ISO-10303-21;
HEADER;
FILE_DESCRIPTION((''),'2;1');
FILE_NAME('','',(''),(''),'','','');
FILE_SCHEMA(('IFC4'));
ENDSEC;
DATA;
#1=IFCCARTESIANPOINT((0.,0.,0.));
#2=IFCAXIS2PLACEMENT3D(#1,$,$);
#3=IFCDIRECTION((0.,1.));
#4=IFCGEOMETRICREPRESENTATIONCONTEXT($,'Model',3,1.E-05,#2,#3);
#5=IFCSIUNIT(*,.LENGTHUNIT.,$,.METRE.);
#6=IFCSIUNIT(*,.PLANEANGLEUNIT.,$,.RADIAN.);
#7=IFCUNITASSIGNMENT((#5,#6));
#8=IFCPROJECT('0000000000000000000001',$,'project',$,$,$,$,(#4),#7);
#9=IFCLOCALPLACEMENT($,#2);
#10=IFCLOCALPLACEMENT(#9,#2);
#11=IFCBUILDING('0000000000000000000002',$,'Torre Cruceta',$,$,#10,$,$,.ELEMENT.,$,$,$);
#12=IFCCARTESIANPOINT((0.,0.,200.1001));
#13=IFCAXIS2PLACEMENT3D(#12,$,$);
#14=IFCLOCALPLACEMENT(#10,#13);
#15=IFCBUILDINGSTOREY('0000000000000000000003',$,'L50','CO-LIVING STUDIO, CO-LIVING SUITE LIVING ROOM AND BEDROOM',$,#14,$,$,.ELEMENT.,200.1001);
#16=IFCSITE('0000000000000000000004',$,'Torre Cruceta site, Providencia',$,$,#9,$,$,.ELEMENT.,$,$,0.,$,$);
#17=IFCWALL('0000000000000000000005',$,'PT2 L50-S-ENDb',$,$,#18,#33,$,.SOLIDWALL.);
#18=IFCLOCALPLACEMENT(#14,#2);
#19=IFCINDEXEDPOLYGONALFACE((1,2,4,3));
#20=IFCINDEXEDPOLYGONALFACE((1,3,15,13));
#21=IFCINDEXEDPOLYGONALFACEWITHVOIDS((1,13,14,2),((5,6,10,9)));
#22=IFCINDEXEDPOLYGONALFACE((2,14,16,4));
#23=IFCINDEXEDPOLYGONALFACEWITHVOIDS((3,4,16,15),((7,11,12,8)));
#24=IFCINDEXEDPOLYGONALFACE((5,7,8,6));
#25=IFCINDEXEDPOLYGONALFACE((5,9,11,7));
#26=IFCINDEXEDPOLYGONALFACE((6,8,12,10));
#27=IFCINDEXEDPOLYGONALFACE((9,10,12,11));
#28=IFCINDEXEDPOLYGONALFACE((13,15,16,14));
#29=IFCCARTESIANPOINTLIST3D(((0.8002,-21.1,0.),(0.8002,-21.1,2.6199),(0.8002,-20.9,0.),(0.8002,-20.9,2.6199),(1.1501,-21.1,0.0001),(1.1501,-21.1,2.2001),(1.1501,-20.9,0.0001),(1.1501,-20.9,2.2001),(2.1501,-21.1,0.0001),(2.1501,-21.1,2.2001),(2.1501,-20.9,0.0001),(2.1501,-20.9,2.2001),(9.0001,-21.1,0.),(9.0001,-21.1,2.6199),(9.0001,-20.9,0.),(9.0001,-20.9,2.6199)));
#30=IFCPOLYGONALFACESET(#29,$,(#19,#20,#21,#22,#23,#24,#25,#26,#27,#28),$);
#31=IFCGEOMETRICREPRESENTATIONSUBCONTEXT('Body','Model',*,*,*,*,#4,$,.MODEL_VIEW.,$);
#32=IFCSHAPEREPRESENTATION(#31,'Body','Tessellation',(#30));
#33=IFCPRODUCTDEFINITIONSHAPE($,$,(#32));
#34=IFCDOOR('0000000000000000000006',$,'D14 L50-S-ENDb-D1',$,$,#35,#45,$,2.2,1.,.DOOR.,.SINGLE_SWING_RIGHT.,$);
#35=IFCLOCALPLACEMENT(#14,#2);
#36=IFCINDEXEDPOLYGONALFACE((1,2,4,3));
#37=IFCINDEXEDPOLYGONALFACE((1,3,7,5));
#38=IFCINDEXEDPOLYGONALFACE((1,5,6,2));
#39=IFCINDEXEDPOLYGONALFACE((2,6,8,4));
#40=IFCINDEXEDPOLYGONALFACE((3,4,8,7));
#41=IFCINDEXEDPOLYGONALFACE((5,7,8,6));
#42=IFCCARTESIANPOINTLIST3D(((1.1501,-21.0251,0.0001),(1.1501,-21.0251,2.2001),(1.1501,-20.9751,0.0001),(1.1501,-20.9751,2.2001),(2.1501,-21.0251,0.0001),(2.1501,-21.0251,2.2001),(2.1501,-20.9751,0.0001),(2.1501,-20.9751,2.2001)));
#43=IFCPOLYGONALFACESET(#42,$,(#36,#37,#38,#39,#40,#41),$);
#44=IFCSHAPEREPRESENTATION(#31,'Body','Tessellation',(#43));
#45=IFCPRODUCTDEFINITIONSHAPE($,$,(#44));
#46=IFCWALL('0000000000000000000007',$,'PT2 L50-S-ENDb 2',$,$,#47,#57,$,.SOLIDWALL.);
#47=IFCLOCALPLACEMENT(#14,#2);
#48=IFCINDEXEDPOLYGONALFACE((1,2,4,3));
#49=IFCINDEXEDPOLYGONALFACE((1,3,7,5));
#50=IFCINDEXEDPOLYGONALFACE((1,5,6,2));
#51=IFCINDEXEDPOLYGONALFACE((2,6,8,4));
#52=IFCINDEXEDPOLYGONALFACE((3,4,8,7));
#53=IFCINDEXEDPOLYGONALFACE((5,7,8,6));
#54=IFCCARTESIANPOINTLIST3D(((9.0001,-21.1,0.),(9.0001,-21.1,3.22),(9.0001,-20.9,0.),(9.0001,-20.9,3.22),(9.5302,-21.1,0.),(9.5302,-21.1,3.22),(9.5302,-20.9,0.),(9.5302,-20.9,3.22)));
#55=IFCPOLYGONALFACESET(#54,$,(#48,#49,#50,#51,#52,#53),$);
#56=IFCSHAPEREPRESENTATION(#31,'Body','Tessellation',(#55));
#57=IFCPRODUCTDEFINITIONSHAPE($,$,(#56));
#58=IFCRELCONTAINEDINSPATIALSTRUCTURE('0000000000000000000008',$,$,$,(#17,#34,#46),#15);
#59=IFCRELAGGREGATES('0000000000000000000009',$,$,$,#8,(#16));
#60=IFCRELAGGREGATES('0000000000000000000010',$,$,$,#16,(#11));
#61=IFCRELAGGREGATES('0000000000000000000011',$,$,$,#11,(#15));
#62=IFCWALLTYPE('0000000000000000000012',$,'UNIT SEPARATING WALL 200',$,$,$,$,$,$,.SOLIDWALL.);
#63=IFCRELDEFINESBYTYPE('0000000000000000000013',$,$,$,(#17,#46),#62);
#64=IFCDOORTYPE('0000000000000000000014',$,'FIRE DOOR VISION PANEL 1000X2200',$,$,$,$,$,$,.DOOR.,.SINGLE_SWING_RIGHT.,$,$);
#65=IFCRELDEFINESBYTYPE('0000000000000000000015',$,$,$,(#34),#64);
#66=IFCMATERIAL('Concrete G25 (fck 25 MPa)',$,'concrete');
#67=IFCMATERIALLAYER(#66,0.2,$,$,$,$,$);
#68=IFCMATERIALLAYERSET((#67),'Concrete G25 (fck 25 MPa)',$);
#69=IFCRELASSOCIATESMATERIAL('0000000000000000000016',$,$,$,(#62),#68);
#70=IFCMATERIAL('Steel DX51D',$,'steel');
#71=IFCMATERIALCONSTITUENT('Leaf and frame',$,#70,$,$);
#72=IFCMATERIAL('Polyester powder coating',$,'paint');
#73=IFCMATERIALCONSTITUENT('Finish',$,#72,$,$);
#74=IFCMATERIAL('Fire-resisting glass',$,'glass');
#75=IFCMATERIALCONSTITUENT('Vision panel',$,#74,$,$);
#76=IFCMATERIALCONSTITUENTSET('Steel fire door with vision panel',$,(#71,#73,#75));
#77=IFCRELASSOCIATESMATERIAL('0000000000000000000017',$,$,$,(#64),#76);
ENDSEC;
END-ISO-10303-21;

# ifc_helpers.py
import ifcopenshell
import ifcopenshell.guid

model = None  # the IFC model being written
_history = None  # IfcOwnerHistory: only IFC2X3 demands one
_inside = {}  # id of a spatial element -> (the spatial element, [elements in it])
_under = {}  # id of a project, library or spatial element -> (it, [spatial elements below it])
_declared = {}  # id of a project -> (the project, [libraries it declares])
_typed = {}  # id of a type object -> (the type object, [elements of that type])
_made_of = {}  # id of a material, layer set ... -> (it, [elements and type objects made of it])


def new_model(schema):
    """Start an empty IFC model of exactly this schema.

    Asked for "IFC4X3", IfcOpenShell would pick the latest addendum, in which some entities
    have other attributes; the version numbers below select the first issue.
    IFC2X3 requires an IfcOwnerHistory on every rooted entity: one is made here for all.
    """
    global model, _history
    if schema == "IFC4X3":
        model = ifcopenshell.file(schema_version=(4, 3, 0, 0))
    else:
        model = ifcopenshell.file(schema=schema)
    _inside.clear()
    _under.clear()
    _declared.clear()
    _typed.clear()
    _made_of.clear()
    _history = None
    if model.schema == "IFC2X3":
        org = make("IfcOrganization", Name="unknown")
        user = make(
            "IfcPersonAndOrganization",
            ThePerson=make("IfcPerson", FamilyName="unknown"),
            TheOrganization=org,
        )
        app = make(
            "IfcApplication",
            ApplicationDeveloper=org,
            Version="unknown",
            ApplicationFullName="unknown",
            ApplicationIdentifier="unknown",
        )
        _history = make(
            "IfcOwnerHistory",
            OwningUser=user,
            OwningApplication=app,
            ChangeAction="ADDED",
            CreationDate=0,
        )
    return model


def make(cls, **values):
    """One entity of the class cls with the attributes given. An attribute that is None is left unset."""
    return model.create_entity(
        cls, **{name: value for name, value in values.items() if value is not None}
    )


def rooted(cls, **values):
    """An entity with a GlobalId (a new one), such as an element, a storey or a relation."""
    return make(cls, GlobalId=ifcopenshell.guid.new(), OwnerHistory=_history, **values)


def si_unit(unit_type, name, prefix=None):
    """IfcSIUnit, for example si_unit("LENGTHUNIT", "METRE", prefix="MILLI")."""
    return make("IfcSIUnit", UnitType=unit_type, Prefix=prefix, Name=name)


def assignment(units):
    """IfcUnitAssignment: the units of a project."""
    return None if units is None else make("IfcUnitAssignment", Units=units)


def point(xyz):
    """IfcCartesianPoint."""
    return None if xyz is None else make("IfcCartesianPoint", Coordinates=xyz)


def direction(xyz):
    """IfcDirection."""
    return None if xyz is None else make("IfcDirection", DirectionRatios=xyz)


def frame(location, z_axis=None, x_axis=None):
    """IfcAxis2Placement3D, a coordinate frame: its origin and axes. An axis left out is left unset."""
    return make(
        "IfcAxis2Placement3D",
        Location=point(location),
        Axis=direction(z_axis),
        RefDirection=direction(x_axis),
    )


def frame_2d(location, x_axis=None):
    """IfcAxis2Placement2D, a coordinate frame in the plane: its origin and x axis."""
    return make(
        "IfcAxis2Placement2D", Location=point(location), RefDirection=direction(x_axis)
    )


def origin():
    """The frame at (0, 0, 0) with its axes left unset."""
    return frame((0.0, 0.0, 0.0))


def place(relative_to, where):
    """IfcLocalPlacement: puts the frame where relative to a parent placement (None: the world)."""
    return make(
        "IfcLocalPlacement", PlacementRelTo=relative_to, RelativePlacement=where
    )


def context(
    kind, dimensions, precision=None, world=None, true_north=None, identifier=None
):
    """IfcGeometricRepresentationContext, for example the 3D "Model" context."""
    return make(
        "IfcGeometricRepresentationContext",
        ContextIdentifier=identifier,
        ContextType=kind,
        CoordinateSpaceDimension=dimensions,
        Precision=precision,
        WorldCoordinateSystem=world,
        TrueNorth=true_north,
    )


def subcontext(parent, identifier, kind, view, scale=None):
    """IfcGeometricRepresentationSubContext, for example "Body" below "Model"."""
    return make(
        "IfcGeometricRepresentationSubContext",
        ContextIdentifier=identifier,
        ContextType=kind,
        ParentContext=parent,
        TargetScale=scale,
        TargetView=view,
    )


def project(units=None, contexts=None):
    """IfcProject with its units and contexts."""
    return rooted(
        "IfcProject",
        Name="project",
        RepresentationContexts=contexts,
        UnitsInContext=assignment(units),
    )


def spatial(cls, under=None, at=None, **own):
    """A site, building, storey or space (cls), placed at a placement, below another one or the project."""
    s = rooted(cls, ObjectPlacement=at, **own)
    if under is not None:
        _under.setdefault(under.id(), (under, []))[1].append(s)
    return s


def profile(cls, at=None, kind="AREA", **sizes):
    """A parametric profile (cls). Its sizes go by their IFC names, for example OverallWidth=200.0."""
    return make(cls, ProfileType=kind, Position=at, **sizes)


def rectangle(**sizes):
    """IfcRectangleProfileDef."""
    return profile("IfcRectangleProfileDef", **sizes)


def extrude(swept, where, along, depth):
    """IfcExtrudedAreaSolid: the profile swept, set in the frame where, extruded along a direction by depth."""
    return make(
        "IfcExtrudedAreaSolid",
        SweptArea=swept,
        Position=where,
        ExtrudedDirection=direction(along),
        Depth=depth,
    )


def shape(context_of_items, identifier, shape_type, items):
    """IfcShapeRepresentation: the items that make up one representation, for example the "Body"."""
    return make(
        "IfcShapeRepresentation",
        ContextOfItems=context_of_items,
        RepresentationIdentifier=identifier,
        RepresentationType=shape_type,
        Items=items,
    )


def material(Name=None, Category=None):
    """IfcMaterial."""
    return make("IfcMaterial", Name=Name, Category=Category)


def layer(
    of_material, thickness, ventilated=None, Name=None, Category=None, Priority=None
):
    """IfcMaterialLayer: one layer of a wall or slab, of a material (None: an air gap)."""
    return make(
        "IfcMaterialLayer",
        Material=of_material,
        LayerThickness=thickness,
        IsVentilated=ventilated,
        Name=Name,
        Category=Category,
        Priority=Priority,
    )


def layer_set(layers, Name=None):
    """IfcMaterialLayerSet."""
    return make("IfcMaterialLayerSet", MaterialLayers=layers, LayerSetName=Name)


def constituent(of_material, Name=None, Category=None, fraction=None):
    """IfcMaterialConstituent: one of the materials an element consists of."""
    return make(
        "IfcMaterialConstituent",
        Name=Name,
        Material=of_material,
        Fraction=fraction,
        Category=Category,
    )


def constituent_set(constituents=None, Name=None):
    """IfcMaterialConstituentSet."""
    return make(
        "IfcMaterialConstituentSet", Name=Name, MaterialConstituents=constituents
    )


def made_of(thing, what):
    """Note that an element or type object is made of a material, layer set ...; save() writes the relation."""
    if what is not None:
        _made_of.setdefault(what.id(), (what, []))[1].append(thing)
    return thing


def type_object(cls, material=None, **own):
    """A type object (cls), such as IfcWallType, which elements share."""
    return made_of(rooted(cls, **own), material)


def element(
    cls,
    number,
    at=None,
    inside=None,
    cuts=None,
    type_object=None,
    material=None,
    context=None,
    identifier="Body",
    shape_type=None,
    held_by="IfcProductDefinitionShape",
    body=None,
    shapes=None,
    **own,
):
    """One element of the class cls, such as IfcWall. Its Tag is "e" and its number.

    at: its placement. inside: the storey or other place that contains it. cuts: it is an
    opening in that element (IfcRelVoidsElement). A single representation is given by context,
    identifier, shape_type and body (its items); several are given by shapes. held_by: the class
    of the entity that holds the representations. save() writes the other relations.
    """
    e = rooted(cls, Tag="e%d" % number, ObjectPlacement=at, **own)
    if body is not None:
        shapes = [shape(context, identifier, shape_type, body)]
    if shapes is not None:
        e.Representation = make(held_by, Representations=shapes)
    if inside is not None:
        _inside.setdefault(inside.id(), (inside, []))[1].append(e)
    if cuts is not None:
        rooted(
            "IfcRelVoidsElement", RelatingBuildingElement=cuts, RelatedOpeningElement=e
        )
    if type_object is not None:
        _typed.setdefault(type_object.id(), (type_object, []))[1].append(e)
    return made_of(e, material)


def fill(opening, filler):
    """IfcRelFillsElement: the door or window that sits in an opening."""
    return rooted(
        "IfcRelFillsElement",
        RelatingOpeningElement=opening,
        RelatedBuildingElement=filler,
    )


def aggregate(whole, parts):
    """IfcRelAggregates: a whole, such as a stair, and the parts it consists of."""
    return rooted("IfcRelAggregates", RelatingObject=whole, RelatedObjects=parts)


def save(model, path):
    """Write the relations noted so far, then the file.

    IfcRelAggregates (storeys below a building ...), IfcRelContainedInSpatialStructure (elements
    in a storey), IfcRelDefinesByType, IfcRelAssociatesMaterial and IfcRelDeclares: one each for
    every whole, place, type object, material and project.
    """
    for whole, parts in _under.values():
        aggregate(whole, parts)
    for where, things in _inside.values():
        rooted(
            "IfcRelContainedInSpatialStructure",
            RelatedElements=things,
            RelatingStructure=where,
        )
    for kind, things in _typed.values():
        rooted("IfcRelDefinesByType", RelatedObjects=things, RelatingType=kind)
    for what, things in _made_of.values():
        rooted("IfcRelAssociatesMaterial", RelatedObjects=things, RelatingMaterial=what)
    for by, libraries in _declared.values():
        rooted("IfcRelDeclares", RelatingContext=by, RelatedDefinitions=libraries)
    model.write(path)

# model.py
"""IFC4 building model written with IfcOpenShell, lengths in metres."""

from ifc_helpers import new_model, si_unit, direction, frame, frame_2d, origin, place, context, subcontext, project, spatial, rectangle, extrude, material, layer, layer_set, constituent, constituent_set, type_object, element, fill, save


model = new_model("IFC4")

# Units and contexts
model_context = context("Model", 3, precision=1e-05, world=origin(), true_north=direction((0.0, 1.0)))
body_context = subcontext(model_context, "Body", "Model", "MODEL_VIEW")
ifc_project = project(units=[si_unit("LENGTHUNIT", "METRE"), si_unit("PLANEANGLEUNIT", "RADIAN")], contexts=[model_context])

# Site, building, storey
site_placement = place(None, origin())
site = spatial("IfcSite", under=ifc_project, at=site_placement, Name="Torre Cruceta site, Providencia", CompositionType="ELEMENT", RefElevation=0.0)
building_placement = place(site_placement, origin())
building = spatial("IfcBuilding", under=site, at=building_placement, Name="Torre Cruceta", CompositionType="ELEMENT")
storey_placement = place(building_placement, frame((0.0, 0.0, 200.1001)))
storey = spatial("IfcBuildingStorey", under=building, at=storey_placement, Name="L50", Description="CO-LIVING STUDIO, CO-LIVING SUITE LIVING ROOM AND BEDROOM", CompositionType="ELEMENT", Elevation=200.1001)

# Wall, opening, door
ifc_material_1 = material(Name="Concrete G25 (fck 25 MPa)", Category="concrete")
ifc_layer_1 = layer(ifc_material_1, 0.2)
ifc_layer_set_1 = layer_set([ifc_layer_1], Name="Concrete G25 (fck 25 MPa)")
wall_type_1 = type_object("IfcWallType", Name="UNIT SEPARATING WALL 200", PredefinedType="SOLIDWALL", material=ifc_layer_set_1)
wall_1_placement = place(storey_placement, frame((0.8, -21.0, 0.0), z_axis=(0.0, 0.0, 1.0), x_axis=(1.0, 0.0, 0.0)))
wall_1 = element("IfcWall", 1, at=wall_1_placement, inside=storey, type_object=wall_type_1, Name="PT2 L50-S-ENDb", PredefinedType="SOLIDWALL", context=body_context, shape_type="SweptSolid", body=[
    extrude(rectangle(XDim=8.2, YDim=0.2, at=frame_2d((4.1001, 0.0))), origin(), (0.0, 0.0, 1.0), 2.6199),
])
opening_1_placement = place(wall_1_placement, frame((0.3501, 0.0, 0.0)))
opening_1 = element("IfcOpeningElement", 2, at=opening_1_placement, cuts=wall_1, PredefinedType="OPENING", context=body_context, shape_type="SweptSolid", body=[
    extrude(rectangle(XDim=1.0, YDim=2.2, at=frame_2d((0.5, 1.1001))), frame((0.0, 0.1099, 0.0), z_axis=(0.0, -1.0, 0.0), x_axis=(1.0, 0.0, 0.0)), (0.0, 0.0, 1.0), 0.22),
])
ifc_material_2 = material(Name="Steel DX51D", Category="steel")
ifc_constituent_1 = constituent(ifc_material_2, Name="Leaf and frame")
ifc_material_3 = material(Name="Polyester powder coating", Category="paint")
ifc_constituent_2 = constituent(ifc_material_3, Name="Finish")
ifc_material_4 = material(Name="Fire-resisting glass", Category="glass")
ifc_constituent_3 = constituent(ifc_material_4, Name="Vision panel")
ifc_constituent_set_1 = constituent_set(constituents=[ifc_constituent_1, ifc_constituent_2, ifc_constituent_3], Name="Steel fire door with vision panel")
door_type_1 = type_object("IfcDoorType", Name="FIRE DOOR VISION PANEL 1000X2200", OperationType="SINGLE_SWING_RIGHT", PredefinedType="DOOR", material=ifc_constituent_set_1)
door_1_placement = place(opening_1_placement, frame((1.0, 0.0, 0.0), z_axis=(0.0, 0.0, 1.0), x_axis=(-1.0, 0.0, 0.0)))
door_1 = element("IfcDoor", 3, at=door_1_placement, inside=storey, type_object=door_type_1, Name="D14 L50-S-ENDb-D1", OperationType="SINGLE_SWING_RIGHT", OverallHeight=2.2, OverallWidth=1.0, PredefinedType="DOOR", context=body_context, shape_type="SweptSolid", body=[
    extrude(rectangle(XDim=1.0, YDim=2.2, at=frame_2d((0.5, 1.1001))), frame((0.0, 0.0251, 0.0), z_axis=(0.0, -1.0, 0.0), x_axis=(1.0, 0.0, 0.0)), (0.0, 0.0, 1.0), 0.05),
])
fill(opening_1, door_1)

# Wall
wall_2_placement = place(storey_placement, frame((9.0, -21.0, 0.0), z_axis=(0.0, 0.0, 1.0), x_axis=(1.0, 0.0, 0.0)))
element("IfcWall", 4, at=wall_2_placement, inside=storey, type_object=wall_type_1, Name="PT2 L50-S-ENDb 2", PredefinedType="SOLIDWALL", context=body_context, shape_type="SweptSolid", body=[
    extrude(rectangle(XDim=0.53, YDim=0.2, at=frame_2d((0.2651, 0.0))), origin(), (0.0, 0.0, 1.0), 3.22),
])

save(model, "model.ifc")
